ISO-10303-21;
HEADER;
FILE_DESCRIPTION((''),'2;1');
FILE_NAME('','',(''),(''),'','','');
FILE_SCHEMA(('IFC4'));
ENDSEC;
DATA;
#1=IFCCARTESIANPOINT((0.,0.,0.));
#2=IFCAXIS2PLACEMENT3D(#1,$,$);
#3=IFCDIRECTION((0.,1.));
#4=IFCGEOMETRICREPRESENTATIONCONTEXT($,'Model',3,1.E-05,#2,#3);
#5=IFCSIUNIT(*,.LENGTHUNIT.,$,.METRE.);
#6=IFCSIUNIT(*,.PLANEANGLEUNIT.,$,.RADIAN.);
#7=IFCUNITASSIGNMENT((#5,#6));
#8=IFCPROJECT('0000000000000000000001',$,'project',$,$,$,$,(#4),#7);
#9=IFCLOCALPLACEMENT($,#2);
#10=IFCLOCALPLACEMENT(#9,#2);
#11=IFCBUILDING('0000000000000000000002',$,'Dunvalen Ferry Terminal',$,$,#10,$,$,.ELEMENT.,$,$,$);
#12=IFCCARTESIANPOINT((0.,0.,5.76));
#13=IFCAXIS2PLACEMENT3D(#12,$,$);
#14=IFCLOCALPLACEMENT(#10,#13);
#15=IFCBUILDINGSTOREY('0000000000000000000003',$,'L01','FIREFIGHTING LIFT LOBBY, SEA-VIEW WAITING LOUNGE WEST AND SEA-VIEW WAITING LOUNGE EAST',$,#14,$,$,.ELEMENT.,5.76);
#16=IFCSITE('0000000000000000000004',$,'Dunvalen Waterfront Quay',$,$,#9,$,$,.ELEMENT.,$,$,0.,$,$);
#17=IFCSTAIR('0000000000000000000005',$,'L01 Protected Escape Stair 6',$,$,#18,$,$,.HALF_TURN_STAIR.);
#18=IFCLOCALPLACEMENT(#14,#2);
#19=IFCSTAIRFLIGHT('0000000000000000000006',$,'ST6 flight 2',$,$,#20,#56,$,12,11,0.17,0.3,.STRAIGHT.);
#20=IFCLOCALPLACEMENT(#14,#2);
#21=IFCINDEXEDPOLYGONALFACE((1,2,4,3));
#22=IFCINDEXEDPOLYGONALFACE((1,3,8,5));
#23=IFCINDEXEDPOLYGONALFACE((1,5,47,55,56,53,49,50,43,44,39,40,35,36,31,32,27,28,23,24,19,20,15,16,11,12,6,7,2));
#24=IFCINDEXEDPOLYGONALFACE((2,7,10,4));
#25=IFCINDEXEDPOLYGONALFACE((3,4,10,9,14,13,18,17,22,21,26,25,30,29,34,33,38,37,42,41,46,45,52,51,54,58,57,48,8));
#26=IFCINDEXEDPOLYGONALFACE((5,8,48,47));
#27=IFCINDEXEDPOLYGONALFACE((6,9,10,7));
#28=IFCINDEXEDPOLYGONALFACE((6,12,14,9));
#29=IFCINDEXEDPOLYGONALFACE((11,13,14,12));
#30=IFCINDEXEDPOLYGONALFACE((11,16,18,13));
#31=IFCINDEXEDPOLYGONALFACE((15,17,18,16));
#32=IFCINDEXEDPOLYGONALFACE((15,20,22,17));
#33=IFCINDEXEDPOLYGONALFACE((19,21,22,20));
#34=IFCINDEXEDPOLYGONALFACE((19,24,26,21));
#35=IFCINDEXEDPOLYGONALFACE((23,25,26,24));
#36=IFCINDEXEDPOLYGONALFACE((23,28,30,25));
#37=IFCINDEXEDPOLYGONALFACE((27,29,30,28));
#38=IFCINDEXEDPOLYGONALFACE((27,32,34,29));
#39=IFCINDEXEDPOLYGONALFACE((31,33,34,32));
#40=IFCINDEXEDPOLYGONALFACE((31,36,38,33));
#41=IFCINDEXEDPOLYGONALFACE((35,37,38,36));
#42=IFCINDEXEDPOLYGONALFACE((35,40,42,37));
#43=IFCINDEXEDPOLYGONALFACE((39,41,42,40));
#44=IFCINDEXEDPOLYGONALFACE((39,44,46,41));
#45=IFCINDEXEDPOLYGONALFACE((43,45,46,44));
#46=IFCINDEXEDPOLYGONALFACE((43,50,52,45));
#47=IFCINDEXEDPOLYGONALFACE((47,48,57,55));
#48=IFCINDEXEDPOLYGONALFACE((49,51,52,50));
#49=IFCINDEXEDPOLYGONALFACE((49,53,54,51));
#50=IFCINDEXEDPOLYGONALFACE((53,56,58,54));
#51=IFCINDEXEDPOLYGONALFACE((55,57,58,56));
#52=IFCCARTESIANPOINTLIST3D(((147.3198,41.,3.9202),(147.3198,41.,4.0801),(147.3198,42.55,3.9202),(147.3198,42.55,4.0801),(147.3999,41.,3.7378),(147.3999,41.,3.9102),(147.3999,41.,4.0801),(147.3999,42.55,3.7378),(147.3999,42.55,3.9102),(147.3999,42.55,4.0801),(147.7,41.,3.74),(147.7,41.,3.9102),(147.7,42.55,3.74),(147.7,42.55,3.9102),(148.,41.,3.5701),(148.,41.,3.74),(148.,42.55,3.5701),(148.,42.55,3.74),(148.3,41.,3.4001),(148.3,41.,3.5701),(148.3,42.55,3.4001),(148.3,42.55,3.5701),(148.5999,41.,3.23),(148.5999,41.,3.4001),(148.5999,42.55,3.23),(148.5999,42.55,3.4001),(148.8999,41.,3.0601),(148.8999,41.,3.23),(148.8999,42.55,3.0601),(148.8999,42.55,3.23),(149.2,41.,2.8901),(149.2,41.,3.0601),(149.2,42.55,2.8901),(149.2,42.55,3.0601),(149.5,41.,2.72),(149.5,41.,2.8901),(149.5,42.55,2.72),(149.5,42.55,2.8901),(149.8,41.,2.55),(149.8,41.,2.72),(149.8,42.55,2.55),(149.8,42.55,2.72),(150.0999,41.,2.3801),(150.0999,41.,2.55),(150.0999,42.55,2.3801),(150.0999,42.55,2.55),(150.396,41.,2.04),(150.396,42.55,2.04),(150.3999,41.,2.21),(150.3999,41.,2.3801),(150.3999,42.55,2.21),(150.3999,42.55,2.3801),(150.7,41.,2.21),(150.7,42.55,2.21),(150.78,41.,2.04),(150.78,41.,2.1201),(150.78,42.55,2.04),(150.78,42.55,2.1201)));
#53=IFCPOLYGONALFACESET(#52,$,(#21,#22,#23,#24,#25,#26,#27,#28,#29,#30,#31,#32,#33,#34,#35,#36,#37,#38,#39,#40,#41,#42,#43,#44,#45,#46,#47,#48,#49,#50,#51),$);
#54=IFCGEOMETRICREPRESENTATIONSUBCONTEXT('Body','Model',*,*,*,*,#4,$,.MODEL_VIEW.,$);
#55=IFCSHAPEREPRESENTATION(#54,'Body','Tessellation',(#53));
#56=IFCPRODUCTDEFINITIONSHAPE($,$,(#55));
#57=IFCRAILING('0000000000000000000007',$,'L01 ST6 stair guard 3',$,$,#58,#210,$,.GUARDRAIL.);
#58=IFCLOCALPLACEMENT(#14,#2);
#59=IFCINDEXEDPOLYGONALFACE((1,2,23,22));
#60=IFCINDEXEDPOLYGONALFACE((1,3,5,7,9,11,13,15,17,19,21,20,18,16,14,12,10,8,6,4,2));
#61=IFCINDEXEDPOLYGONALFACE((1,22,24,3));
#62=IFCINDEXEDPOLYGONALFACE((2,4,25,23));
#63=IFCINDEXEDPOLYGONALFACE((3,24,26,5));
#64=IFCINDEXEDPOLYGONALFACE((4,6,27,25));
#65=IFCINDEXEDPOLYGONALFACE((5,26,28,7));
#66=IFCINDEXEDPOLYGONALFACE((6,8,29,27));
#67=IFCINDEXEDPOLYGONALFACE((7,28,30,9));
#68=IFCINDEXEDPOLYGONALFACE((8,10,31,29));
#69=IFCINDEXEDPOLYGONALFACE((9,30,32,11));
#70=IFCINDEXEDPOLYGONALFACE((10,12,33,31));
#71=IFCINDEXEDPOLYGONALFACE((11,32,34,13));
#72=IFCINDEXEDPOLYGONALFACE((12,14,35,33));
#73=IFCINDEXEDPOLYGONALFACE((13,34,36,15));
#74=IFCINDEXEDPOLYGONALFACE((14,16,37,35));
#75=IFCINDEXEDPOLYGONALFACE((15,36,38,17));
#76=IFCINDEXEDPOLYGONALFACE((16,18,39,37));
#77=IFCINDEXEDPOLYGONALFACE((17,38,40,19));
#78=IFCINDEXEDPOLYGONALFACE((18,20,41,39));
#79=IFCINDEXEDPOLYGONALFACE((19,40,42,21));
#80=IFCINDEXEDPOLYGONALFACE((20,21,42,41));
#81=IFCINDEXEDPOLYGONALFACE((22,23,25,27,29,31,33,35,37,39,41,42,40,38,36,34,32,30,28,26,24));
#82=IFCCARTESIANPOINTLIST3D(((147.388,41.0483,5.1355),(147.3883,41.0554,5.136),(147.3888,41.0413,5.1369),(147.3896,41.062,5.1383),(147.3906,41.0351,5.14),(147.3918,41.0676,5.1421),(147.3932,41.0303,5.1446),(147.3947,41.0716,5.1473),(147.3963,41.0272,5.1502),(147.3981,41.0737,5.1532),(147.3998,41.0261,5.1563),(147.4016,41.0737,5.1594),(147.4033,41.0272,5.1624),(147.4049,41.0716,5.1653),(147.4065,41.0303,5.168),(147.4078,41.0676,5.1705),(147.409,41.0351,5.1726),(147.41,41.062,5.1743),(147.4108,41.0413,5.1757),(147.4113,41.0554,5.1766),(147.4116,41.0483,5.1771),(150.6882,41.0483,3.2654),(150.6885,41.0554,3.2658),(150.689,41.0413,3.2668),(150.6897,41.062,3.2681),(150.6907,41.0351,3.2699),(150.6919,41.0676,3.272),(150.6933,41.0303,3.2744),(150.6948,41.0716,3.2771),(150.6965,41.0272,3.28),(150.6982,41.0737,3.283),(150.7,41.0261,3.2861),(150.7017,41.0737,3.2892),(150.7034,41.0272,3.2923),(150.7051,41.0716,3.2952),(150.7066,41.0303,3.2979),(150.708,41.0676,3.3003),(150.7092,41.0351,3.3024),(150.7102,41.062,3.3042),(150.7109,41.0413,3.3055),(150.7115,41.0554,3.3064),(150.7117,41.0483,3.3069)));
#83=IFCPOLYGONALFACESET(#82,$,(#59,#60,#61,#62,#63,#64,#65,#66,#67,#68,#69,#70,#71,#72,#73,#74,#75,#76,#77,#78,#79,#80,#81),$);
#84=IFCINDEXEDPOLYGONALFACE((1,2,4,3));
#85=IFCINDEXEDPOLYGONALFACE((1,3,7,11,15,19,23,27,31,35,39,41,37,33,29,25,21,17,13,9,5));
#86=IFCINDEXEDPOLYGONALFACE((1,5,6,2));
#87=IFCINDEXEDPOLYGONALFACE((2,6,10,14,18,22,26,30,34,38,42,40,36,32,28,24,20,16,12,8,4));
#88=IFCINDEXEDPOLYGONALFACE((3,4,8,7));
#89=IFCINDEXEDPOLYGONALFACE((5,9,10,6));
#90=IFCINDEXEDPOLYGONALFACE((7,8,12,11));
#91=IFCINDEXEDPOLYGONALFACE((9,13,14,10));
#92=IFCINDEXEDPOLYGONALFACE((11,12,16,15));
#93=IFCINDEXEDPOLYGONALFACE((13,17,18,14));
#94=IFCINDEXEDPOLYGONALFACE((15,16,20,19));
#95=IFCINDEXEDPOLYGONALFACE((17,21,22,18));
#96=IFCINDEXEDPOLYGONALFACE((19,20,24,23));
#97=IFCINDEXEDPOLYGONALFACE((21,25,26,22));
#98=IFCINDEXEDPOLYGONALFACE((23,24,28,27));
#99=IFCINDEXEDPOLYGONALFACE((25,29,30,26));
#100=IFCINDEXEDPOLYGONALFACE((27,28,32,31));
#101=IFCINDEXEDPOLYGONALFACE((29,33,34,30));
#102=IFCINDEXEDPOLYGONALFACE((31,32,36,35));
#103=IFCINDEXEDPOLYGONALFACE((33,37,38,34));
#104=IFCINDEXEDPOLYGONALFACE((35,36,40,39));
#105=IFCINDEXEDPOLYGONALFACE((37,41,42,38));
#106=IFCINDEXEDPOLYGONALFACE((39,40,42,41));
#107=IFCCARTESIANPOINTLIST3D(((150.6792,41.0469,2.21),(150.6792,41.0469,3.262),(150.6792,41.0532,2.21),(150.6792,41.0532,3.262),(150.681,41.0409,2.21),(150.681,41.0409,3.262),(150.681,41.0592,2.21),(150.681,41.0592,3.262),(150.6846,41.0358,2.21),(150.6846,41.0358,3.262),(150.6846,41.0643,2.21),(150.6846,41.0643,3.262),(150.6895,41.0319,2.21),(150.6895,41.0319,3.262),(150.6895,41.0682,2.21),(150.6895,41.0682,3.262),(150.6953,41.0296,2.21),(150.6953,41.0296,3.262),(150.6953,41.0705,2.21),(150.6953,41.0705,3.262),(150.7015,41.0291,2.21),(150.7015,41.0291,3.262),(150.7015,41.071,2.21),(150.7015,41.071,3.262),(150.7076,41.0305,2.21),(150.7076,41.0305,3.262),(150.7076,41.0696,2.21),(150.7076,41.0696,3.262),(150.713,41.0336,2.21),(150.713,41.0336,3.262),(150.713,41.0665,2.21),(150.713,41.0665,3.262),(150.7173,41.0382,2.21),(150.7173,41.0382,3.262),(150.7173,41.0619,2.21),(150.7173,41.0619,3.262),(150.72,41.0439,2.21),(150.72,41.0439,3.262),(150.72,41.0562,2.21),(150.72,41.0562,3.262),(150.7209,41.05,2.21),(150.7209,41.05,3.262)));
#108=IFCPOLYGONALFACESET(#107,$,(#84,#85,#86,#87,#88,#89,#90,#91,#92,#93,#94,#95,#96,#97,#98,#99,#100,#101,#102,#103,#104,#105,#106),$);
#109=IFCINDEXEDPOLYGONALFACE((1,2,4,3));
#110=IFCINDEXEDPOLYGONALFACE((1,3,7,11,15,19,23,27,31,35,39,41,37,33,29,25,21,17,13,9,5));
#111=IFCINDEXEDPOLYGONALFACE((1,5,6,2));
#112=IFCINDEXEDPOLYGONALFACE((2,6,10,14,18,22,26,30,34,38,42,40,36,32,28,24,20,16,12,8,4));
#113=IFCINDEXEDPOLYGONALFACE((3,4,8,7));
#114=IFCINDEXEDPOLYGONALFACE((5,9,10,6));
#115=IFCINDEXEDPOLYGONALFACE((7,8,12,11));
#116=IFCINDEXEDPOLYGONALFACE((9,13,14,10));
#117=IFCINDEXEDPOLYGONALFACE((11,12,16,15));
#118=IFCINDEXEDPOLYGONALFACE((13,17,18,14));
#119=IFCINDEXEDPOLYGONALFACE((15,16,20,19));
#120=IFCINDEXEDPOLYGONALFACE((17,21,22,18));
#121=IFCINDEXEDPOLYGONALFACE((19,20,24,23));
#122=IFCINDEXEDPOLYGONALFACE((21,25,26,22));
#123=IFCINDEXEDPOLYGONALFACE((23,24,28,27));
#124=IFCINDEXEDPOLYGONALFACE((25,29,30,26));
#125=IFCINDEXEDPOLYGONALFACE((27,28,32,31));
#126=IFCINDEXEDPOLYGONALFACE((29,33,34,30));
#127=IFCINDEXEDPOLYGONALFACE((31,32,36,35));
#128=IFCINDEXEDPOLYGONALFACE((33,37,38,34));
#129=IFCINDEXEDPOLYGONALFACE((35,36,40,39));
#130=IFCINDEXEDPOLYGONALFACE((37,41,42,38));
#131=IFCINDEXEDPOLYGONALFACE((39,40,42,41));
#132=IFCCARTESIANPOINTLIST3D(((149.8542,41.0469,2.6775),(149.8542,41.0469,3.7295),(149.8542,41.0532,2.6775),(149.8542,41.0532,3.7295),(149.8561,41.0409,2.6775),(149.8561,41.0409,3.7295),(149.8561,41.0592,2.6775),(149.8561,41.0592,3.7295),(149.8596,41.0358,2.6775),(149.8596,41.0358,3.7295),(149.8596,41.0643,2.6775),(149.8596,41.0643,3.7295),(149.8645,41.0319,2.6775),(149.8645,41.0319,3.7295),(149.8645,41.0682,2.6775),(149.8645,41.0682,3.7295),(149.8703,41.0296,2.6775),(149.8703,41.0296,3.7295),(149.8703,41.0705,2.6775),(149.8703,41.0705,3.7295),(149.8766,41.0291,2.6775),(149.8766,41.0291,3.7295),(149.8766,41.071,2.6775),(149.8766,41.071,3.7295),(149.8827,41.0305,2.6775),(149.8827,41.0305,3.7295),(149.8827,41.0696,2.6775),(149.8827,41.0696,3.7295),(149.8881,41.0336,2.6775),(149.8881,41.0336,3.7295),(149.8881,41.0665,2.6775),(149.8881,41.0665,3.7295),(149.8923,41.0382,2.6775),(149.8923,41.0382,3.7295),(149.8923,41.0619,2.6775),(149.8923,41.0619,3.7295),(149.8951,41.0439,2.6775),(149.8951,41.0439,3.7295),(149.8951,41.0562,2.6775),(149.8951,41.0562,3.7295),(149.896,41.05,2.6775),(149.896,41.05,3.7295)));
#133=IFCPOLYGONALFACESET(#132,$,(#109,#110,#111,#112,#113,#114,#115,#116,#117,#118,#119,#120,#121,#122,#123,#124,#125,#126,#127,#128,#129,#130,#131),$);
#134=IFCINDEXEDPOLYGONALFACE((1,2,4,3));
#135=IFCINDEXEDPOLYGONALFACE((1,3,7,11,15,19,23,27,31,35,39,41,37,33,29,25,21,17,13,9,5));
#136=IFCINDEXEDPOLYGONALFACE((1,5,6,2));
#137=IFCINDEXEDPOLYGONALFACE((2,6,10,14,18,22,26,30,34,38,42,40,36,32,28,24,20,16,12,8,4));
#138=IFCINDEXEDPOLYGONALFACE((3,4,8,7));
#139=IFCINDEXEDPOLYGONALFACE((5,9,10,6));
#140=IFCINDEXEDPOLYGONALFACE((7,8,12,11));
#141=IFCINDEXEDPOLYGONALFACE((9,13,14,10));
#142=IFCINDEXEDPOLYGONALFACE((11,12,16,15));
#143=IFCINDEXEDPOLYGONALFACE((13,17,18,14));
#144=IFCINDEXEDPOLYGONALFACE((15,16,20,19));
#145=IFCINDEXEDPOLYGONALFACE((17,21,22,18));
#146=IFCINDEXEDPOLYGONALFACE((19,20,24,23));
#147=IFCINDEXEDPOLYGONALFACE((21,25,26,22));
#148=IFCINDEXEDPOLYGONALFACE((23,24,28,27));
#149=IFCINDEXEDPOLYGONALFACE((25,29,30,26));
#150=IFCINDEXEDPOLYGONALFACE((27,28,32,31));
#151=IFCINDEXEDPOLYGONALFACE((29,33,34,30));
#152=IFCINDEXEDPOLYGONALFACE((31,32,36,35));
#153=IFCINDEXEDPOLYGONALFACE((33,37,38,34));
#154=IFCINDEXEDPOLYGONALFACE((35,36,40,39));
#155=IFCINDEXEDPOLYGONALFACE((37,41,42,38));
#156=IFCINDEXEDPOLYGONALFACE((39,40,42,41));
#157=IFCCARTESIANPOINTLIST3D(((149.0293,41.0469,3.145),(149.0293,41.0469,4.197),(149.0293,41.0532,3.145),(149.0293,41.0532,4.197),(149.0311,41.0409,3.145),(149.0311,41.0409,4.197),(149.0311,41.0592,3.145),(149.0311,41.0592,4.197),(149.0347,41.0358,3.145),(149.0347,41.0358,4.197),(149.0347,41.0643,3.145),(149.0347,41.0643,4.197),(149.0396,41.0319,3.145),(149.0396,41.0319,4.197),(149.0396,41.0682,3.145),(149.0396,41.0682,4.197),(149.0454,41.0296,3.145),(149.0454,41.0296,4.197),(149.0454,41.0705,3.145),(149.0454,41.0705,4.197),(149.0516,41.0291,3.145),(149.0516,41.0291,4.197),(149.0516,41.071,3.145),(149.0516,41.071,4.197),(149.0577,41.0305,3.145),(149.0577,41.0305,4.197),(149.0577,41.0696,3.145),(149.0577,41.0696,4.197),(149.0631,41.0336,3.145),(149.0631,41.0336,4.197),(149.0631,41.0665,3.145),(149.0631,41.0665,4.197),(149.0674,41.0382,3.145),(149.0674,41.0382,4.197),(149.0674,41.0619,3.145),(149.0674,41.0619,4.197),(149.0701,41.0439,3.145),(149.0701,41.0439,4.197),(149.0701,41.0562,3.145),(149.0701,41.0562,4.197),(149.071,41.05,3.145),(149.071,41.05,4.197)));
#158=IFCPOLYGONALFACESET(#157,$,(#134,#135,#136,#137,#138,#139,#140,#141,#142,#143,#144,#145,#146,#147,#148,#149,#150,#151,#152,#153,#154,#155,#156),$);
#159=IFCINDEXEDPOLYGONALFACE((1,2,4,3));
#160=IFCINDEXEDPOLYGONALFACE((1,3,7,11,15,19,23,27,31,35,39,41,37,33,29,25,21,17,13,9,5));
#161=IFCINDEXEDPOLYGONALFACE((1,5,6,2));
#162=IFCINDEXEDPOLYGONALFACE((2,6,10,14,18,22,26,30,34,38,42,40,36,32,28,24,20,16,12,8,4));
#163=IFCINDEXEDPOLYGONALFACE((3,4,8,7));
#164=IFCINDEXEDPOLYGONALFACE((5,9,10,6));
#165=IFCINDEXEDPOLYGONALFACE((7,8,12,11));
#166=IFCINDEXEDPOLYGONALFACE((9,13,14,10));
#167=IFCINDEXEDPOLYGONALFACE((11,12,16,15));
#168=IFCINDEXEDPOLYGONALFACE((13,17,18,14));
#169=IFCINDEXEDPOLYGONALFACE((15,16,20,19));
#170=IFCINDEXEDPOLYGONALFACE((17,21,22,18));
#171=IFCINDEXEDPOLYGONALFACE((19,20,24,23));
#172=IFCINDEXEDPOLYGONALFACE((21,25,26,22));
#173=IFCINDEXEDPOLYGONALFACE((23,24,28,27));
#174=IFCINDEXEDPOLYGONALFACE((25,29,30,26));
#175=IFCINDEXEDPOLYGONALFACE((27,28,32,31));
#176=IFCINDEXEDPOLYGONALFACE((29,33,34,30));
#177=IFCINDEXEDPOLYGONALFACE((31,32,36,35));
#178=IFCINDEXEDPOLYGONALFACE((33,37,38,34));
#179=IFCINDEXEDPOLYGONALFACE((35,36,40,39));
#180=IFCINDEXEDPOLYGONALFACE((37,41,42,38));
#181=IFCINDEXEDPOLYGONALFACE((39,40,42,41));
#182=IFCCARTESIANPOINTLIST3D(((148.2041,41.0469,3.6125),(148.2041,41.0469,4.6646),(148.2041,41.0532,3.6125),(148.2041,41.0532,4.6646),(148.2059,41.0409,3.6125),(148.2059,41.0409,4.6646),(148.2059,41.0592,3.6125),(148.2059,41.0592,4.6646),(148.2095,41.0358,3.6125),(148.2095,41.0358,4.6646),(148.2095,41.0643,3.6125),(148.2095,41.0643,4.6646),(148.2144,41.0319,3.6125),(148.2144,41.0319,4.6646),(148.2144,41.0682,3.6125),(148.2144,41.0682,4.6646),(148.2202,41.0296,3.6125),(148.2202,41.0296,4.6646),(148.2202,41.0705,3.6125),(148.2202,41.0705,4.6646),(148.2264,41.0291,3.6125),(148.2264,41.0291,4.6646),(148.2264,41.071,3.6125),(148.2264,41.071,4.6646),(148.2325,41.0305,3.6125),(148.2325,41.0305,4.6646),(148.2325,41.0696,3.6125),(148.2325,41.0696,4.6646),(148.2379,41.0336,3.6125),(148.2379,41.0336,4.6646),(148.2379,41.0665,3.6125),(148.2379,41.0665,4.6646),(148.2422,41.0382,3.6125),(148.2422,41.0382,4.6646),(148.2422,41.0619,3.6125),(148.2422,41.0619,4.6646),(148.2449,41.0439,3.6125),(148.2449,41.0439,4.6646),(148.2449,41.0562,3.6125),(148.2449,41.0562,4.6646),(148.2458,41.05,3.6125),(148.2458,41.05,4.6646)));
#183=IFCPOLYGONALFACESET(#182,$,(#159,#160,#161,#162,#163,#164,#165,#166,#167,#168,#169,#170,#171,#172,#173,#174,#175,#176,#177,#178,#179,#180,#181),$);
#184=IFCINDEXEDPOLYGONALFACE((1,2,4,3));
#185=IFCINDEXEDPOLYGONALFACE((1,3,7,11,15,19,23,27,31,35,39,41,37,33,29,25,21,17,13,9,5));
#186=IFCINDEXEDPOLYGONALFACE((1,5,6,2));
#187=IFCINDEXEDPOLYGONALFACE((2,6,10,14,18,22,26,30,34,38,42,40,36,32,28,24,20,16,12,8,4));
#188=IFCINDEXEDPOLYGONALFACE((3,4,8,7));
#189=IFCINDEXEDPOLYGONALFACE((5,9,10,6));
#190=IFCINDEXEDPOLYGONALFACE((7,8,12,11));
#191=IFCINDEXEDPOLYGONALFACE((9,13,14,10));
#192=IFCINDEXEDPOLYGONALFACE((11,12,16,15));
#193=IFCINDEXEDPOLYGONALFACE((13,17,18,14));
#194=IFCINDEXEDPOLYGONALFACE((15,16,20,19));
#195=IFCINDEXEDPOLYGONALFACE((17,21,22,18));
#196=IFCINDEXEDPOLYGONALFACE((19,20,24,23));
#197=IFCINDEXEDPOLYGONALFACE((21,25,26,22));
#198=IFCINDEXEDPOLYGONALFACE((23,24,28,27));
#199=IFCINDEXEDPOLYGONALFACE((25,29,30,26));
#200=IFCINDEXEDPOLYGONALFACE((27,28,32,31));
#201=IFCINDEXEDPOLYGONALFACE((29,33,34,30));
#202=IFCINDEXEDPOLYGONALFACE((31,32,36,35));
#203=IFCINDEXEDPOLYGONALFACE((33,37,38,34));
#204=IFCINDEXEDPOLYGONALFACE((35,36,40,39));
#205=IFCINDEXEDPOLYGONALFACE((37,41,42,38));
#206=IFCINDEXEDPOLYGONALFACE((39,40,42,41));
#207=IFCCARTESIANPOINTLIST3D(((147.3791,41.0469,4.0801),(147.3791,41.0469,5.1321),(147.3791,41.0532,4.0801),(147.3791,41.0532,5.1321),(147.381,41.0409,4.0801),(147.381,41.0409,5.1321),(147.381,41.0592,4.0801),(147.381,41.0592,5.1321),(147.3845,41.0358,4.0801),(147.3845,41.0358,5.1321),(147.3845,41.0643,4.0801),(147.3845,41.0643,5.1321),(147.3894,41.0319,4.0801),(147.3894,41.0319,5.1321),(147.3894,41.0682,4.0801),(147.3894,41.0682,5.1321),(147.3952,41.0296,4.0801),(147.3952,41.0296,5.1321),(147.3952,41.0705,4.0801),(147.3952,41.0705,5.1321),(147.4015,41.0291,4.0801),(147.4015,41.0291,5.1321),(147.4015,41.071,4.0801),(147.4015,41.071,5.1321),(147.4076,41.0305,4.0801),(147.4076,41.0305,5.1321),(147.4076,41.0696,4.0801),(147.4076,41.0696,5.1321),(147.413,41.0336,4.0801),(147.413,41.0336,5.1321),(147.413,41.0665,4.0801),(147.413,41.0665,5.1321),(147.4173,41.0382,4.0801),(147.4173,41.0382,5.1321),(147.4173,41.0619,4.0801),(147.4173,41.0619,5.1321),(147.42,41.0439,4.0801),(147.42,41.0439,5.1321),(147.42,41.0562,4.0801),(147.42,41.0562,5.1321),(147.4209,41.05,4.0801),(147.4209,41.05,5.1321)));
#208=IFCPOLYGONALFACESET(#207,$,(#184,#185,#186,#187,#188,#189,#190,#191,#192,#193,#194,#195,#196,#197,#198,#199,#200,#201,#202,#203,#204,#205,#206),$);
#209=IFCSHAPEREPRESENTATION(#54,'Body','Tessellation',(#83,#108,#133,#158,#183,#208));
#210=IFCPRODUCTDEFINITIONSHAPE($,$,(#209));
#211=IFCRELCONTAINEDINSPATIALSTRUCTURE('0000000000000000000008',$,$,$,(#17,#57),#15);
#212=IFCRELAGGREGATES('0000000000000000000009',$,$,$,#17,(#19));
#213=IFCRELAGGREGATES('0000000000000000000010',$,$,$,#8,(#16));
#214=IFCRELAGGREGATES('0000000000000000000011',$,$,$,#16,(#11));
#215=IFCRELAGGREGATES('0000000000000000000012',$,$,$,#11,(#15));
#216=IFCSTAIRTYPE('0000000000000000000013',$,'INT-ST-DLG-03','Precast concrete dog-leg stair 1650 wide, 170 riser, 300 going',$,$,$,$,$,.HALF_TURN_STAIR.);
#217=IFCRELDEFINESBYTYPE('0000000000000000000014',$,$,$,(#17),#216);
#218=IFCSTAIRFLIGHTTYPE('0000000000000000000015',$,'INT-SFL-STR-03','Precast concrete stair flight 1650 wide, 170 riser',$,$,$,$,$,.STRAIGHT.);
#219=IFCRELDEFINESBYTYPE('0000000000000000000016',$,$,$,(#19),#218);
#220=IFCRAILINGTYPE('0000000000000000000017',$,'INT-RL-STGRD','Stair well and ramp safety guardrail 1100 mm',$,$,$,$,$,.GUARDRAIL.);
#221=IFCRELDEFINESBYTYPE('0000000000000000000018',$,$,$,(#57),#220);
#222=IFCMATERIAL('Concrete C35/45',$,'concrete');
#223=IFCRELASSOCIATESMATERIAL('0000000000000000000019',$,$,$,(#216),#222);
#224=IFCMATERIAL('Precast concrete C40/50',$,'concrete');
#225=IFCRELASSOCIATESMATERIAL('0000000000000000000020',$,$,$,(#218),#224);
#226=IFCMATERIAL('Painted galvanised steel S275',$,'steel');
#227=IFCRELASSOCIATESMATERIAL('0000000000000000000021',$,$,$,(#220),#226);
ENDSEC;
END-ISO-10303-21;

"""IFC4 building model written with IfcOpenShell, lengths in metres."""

from ifc_helpers import new_model, si_unit, direction, frame, origin, origin_2d, place, context, subcontext, project, spatial, polyline, circle, outline, extrude, material, type_object, element, aggregate, save


model = new_model("IFC4")

# Units and contexts
model_context = context("Model", 3, precision=1e-05, world=origin(), true_north=direction((0.0, 1.0)))
body_context = subcontext(model_context, "Body", "Model", "MODEL_VIEW")
ifc_project = project(units=[si_unit("LENGTHUNIT", "METRE"), si_unit("PLANEANGLEUNIT", "RADIAN")], contexts=[model_context])

# Site, building, storey
site_placement = place(None, origin())
site = spatial("IfcSite", under=ifc_project, at=site_placement, Name="Dunvalen Waterfront Quay", CompositionType="ELEMENT", RefElevation=0.0)
building_placement = place(site_placement, origin())
building = spatial("IfcBuilding", under=site, at=building_placement, Name="Dunvalen Ferry Terminal", CompositionType="ELEMENT")
storey_placement = place(building_placement, frame((0.0, 0.0, 5.76)))
storey = spatial("IfcBuildingStorey", under=building, at=storey_placement, Name="L01", Description="FIREFIGHTING LIFT LOBBY, SEA-VIEW WAITING LOUNGE WEST AND SEA-VIEW WAITING LOUNGE EAST", CompositionType="ELEMENT", Elevation=5.76)

# Shared definitions
ifc_material_1 = material(Name="Concrete C35/45", Category="concrete")

# Shared definitions
ifc_material_2 = material(Name="Precast concrete C40/50", Category="concrete")

# Stair, stair flight
stair_type = type_object("IfcStairType", Name="INT-ST-DLG-03", Description="Precast concrete dog-leg stair 1650 wide, 170 riser, 300 going", PredefinedType="HALF_TURN_STAIR", material=ifc_material_1)
stair_placement = place(storey_placement, origin())
stair = element("IfcStair", 1, at=stair_placement, inside=storey, type_object=stair_type, Name="L01 Protected Escape Stair 6", PredefinedType="HALF_TURN_STAIR")
stair_flight_type = type_object("IfcStairFlightType", Name="INT-SFL-STR-03", Description="Precast concrete stair flight 1650 wide, 170 riser", PredefinedType="STRAIGHT", material=ifc_material_2)
stair_flight_placement = place(storey_placement, frame((150.7, 41.7749, 2.04), z_axis=(0.0, 0.0, 1.0), x_axis=(-1.0, 0.0, 0.0)))
stair_flight = element("IfcStairFlight", 2, at=stair_flight_placement, type_object=stair_flight_type, Name="ST6 flight 2", NumberOfRisers=12, NumberOfTreads=11, PredefinedType="STRAIGHT", RiserHeight=0.17, TreadLength=0.3, context=body_context, shape_type="SweptSolid", body=[
    extrude(outline(polyline([(-0.0801, 0.0), (-0.0801, 0.0801), (0.0, 0.1699), (0.3, 0.1699), (0.3, 0.3401), (0.6001, 0.3401), (0.6001, 0.51), (0.8999, 0.51), (0.8999, 0.6799), (1.2, 0.6799), (1.2, 0.8501), (1.5, 0.8501), (1.5, 1.02), (1.8, 1.02), (1.8, 1.1899), (2.1001, 1.1899), (2.1001, 1.3601), (2.3999, 1.3601), (2.3999, 1.53), (2.7, 1.53), (2.7, 1.7), (3.0, 1.7), (3.0, 1.8701), (3.3, 1.8701), (3.3, 2.04), (3.3801, 2.04), (3.3801, 1.8801), (3.3, 1.6978), (0.304, 0.0), (-0.0801, 0.0)])), frame((0.0, 0.7749, 0.0), z_axis=(0.0, -1.0, 0.0), x_axis=(1.0, 0.0, 0.0)), (0.0, 0.0, 1.0), 1.55),
])
aggregate(stair, [stair_flight])

# Railing
ifc_material_3 = material(Name="Painted galvanised steel S275", Category="steel")
railing_type_1 = type_object("IfcRailingType", Name="INT-RL-STGRD", Description="Stair well and ramp safety guardrail 1100 mm", PredefinedType="GUARDRAIL", material=ifc_material_3)
railing_1_placement = place(storey_placement, frame((150.7, 41.05, 2.21)))
element("IfcRailing", 3, at=railing_1_placement, inside=storey, type_object=railing_type_1, Name="L01 ST6 stair guard 3", PredefinedType="GUARDRAIL", context=body_context, shape_type="SweptSolid", body=[
    extrude(circle(Radius=0.0239, at=origin_2d()), frame((0.0, 0.0, 1.0762), z_axis=(-0.870012, 0.0, 0.49303), x_axis=(0.0, -1.0, 0.0)), (0.0, 0.0, 1.0), 3.7932),
    extrude(circle(Radius=0.021, at=origin_2d()), origin(), (0.0, 0.0, 1.0), 1.052),
    extrude(circle(Radius=0.021, at=origin_2d()), frame((-0.825, 0.0, 0.4675)), (0.0, 0.0, 1.0), 1.052),
    extrude(circle(Radius=0.021, at=origin_2d()), frame((-1.6499, 0.0, 0.9351)), (0.0, 0.0, 1.0), 1.052),
    extrude(circle(Radius=0.021, at=origin_2d()), frame((-2.4751, 0.0, 1.4026)), (0.0, 0.0, 1.0), 1.052),
    extrude(circle(Radius=0.021, at=origin_2d()), frame((-3.3, 0.0, 1.8701)), (0.0, 0.0, 1.0), 1.052),
])

save(model, "model.ifc")
